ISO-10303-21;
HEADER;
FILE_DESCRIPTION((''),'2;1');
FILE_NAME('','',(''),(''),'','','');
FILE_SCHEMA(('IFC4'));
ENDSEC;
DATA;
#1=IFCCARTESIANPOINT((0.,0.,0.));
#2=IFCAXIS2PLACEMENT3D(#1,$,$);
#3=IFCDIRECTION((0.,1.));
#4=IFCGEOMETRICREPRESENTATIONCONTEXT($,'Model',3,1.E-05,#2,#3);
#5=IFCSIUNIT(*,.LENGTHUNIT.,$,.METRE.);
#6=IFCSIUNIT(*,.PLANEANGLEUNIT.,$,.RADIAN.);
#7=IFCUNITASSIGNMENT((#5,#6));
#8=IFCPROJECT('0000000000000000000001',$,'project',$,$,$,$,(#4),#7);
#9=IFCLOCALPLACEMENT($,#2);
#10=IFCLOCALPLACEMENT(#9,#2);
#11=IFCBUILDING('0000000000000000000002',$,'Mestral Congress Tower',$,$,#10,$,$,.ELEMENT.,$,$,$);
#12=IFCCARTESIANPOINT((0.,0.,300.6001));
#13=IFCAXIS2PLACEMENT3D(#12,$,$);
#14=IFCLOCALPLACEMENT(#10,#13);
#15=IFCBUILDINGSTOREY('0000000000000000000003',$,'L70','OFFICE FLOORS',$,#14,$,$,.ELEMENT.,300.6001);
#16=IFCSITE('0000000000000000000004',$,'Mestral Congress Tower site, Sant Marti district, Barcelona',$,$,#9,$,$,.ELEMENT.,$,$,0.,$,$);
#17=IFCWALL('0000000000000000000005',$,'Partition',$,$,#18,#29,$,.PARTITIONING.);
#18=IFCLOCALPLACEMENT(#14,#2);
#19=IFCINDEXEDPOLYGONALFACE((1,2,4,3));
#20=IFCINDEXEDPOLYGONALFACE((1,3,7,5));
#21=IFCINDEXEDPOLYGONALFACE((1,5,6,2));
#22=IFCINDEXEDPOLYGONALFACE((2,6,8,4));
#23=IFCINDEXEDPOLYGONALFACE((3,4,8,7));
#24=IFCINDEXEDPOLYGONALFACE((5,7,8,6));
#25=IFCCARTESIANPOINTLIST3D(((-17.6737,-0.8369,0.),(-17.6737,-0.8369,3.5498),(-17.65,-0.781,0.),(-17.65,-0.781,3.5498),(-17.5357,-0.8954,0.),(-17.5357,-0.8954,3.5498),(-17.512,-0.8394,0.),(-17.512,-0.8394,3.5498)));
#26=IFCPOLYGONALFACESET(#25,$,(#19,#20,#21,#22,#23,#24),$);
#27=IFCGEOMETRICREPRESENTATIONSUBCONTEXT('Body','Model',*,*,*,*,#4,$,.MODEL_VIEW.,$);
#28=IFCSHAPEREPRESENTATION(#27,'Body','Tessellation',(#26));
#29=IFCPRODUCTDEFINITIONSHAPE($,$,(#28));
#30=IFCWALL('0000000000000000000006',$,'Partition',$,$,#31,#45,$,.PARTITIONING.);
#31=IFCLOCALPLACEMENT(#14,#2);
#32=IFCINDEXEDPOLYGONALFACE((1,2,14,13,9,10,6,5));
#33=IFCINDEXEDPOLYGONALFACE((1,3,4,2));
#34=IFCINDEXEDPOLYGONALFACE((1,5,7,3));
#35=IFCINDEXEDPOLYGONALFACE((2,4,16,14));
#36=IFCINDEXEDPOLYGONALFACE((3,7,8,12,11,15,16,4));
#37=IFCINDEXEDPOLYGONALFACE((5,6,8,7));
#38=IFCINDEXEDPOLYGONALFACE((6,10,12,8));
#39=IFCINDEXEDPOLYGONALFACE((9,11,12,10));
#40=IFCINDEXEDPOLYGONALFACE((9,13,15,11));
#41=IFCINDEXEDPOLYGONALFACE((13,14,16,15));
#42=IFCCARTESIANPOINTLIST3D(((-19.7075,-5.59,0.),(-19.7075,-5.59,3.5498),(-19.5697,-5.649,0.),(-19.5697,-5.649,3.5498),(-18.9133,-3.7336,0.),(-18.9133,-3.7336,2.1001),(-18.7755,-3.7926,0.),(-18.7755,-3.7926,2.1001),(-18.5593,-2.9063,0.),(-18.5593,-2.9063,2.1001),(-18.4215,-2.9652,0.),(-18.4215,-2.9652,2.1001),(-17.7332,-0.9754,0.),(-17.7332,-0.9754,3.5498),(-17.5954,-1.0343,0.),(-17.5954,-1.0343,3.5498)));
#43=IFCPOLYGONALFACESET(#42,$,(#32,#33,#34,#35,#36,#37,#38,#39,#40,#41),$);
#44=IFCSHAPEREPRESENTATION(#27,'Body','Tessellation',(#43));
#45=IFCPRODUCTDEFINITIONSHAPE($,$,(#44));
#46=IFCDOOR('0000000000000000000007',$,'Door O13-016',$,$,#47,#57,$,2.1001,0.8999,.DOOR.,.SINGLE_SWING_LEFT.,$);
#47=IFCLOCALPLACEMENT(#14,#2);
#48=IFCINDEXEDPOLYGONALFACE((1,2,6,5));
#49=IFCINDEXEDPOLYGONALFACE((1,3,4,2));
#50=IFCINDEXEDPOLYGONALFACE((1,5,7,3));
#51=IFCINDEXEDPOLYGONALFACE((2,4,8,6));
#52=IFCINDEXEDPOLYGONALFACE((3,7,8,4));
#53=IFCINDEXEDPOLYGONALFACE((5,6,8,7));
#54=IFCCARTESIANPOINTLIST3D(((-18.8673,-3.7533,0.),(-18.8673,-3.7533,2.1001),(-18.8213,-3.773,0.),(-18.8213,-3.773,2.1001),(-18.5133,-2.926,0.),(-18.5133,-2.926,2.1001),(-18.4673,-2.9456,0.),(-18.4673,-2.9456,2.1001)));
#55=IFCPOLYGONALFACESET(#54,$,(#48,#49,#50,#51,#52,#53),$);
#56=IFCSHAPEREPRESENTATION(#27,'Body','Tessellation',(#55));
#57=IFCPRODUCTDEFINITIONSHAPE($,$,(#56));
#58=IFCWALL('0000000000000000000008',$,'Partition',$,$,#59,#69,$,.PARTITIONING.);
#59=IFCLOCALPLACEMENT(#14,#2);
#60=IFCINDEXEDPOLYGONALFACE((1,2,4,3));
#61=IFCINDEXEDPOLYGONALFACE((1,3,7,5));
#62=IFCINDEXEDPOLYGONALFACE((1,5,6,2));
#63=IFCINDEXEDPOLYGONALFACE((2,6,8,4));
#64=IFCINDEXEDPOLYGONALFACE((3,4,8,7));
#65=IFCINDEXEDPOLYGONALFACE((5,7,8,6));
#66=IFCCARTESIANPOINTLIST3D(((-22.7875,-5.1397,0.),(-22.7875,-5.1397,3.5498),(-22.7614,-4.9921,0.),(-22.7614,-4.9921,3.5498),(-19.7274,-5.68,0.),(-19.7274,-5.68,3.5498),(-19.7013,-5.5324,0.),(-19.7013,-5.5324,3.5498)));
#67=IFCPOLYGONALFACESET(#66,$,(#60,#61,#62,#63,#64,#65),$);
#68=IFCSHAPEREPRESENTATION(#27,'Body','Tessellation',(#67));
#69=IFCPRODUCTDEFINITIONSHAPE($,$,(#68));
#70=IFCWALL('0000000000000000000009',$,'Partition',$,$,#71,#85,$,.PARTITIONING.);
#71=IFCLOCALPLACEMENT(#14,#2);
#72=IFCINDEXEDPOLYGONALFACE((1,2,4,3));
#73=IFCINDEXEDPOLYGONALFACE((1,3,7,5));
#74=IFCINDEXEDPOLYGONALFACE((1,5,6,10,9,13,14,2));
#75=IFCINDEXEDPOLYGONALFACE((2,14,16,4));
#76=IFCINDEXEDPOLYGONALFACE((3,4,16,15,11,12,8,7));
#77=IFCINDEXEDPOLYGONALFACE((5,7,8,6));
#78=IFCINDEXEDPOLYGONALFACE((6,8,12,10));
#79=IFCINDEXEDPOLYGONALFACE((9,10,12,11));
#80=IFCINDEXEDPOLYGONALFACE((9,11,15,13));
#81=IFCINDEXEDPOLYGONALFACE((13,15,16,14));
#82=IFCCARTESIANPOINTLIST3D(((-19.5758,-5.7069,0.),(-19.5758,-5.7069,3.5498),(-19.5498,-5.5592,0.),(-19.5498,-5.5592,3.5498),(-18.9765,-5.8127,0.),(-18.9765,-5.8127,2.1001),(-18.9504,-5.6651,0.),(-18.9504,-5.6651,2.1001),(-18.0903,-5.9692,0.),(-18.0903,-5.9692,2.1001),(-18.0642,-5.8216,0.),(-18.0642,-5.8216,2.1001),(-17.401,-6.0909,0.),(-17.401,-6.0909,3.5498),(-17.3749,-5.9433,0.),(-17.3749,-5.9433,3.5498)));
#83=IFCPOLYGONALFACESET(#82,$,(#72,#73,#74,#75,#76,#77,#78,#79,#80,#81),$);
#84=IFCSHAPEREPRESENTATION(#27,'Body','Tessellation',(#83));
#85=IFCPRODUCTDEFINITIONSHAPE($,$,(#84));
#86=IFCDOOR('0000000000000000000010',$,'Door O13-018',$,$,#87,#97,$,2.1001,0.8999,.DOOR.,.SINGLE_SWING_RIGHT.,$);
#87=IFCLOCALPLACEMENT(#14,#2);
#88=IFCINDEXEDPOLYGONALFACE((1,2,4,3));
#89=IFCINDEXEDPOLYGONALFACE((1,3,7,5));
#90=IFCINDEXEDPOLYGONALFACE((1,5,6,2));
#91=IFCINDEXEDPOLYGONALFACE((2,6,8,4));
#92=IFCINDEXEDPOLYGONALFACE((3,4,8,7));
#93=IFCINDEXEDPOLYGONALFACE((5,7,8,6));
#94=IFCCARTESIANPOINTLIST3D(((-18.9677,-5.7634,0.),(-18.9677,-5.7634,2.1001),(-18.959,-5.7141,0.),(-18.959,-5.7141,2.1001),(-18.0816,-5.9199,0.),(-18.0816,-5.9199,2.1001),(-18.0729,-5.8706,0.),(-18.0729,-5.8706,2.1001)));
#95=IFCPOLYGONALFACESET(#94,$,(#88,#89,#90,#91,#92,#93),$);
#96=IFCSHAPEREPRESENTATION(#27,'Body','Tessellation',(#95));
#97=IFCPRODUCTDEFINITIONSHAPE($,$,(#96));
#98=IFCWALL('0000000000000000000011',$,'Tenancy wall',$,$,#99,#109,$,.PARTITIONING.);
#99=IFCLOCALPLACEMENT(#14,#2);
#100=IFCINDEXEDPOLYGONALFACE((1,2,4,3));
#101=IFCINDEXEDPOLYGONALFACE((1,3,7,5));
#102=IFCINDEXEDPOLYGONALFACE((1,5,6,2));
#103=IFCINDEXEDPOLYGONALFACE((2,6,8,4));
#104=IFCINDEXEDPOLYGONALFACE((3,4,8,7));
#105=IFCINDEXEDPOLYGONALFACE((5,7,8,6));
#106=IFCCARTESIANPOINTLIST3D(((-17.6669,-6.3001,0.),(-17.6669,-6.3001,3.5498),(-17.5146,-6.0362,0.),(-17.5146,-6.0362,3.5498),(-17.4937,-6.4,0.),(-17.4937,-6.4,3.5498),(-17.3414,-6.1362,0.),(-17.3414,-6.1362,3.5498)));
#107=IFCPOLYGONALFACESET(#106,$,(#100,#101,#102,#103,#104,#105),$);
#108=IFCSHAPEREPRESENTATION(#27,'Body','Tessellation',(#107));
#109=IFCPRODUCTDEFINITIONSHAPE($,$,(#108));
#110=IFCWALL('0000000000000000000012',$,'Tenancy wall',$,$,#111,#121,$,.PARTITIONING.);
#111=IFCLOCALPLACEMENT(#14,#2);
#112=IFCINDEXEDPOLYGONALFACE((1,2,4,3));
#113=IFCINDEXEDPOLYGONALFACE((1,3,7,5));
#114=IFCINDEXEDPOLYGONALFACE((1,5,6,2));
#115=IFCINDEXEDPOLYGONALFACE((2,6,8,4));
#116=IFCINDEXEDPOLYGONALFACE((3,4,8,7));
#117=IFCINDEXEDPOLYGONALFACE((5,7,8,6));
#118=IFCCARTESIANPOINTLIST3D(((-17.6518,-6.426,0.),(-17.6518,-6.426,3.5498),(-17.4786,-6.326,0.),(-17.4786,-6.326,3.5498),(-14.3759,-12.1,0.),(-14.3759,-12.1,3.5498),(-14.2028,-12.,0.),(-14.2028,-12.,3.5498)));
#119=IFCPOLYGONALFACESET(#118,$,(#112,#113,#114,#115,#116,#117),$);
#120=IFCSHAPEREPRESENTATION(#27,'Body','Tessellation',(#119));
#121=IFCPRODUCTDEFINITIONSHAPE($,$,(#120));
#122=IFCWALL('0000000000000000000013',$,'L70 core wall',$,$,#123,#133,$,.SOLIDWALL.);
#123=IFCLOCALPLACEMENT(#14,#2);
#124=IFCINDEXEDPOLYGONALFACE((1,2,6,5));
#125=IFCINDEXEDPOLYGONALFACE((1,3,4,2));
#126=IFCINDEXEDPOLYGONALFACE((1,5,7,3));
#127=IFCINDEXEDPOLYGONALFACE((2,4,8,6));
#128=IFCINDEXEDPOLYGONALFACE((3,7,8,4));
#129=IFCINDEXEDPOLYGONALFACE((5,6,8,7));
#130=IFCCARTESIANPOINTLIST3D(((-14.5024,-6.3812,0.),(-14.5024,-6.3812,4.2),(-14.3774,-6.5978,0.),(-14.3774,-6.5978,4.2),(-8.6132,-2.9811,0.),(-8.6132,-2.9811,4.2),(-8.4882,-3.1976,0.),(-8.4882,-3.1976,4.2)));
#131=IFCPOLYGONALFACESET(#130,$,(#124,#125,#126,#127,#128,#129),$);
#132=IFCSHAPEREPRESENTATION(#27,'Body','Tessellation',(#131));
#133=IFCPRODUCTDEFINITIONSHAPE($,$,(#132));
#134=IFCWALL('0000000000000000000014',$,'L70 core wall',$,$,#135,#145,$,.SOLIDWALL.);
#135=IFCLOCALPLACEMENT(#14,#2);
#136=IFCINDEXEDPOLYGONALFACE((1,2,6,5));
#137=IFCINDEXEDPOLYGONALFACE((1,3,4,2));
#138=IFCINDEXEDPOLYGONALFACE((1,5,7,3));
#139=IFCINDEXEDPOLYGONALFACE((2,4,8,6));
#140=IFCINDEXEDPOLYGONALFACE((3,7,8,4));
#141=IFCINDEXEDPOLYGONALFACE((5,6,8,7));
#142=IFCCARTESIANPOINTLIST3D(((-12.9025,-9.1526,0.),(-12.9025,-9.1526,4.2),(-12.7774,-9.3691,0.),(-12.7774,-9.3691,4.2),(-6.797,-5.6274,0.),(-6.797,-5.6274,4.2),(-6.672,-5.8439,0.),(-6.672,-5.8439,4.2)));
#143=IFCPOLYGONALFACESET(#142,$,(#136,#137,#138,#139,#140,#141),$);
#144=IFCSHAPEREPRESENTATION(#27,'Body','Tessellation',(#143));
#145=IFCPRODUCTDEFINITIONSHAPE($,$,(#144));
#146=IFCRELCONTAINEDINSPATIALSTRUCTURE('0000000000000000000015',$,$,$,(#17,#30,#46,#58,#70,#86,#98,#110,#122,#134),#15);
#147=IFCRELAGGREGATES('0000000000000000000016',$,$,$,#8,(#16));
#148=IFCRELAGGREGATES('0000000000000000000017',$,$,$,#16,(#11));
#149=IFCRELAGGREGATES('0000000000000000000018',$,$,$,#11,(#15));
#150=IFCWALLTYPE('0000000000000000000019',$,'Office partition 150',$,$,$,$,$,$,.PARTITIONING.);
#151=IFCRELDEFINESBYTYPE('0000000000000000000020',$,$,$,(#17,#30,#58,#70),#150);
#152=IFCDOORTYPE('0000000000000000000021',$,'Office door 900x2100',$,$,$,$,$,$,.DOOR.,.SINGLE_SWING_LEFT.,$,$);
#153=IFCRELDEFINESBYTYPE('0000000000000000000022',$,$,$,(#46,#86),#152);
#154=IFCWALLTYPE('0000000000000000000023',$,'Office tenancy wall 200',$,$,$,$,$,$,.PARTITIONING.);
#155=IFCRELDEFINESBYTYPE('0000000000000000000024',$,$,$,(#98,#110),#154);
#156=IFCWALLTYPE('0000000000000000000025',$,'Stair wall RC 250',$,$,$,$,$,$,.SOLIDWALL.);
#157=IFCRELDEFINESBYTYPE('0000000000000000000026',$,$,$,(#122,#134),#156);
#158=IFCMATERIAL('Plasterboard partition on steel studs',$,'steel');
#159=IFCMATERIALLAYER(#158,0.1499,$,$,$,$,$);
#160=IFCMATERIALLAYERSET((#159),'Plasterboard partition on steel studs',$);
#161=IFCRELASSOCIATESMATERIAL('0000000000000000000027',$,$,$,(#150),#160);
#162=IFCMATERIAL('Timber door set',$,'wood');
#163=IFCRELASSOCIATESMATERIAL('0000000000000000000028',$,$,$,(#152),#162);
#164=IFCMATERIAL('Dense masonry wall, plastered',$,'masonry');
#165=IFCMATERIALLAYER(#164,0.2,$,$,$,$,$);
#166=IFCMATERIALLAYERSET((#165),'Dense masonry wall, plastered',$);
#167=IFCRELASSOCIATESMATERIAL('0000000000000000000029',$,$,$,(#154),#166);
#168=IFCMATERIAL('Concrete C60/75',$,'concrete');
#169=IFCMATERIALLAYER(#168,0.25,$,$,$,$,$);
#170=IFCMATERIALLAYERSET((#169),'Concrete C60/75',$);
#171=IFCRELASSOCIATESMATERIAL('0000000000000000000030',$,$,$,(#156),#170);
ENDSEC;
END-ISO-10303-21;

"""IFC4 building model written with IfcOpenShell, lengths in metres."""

from ifc_helpers import new_model, si_unit, direction, frame, frame_2d, origin, place, context, subcontext, project, spatial, rectangle, extrude, material, layer, layer_set, type_object, element, fill, save


model = new_model("IFC4")

# Units and contexts
model_context = context("Model", 3, precision=1e-05, world=origin(), true_north=direction((0.0, 1.0)))
body_context = subcontext(model_context, "Body", "Model", "MODEL_VIEW")
ifc_project = project(units=[si_unit("LENGTHUNIT", "METRE"), si_unit("PLANEANGLEUNIT", "RADIAN")], contexts=[model_context])

# Site, building, storey
site_placement = place(None, origin())
site = spatial("IfcSite", under=ifc_project, at=site_placement, Name="Mestral Congress Tower site, Sant Marti district, Barcelona", CompositionType="ELEMENT", RefElevation=0.0)
building_placement = place(site_placement, origin())
building = spatial("IfcBuilding", under=site, at=building_placement, Name="Mestral Congress Tower", CompositionType="ELEMENT")
storey_placement = place(building_placement, frame((0.0, 0.0, 300.6001)))
storey = spatial("IfcBuildingStorey", under=building, at=storey_placement, Name="L70", Description="OFFICE FLOORS", CompositionType="ELEMENT", Elevation=300.6001)

# Shared definitions
ifc_material_1 = material(Name="Concrete C60/75", Category="concrete")

# Shared definitions
ifc_material_2 = material(Name="Plasterboard partition on steel studs", Category="steel")
ifc_layer_1 = layer(ifc_material_2, 0.1499)
ifc_layer_set_1 = layer_set([ifc_layer_1], Name="Plasterboard partition on steel studs")
wall_type_1 = type_object("IfcWallType", Name="Office partition 150", PredefinedType="PARTITIONING", material=ifc_layer_set_1)

# Shared definitions
ifc_material_3 = material(Name="Timber door set", Category="wood")
door_type_1 = type_object("IfcDoorType", Name="Office door 900x2100", OperationType="SINGLE_SWING_LEFT", PredefinedType="DOOR", material=ifc_material_3)

# Wall
wall_1_placement = place(storey_placement, frame((-17.5811, -0.8103, 0.0), z_axis=(0.0, 0.0, 1.0), x_axis=(-0.390033, -0.920801, 0.0)))
element("IfcWall", 1, at=wall_1_placement, inside=storey, type_object=wall_type_1, Name="Partition", PredefinedType="PARTITIONING", context=body_context, shape_type="SweptSolid", body=[
    extrude(rectangle(XDim=0.0608, YDim=0.1499, at=frame_2d((0.0303, 0.0))), origin(), (0.0, 0.0, 1.0), 3.5498),
])

# Wall, opening, door
wall_2_placement = place(storey_placement, frame((-19.6387, -5.6196, 0.0), z_axis=(0.0, 0.0, 1.0), x_axis=(0.39335, 0.919389, 0.0)))
wall_2 = element("IfcWall", 2, at=wall_2_placement, inside=storey, type_object=wall_type_1, Name="Partition", PredefinedType="PARTITIONING", context=body_context, shape_type="SweptSolid", body=[
    extrude(rectangle(XDim=5.0193, YDim=0.1499, at=frame_2d((2.5098, 0.0))), origin(), (0.0, 0.0, 1.0), 3.5498),
])
opening_1_placement = place(wall_2_placement, frame((2.0193, 0.0, 0.0)))
opening_1 = element("IfcOpeningElement", 3, at=opening_1_placement, cuts=wall_2, PredefinedType="OPENING", context=body_context, shape_type="SweptSolid", body=[
    extrude(rectangle(XDim=0.8999, YDim=2.1001, at=frame_2d((0.45, 1.05))), frame((0.0, 0.085, 0.0), z_axis=(0.0, -1.0, 0.0), x_axis=(1.0, 0.0, 0.0)), (0.0, 0.0, 1.0), 0.1699),
])
door_1_placement = place(opening_1_placement, origin())
door_1 = element("IfcDoor", 4, at=door_1_placement, inside=storey, type_object=door_type_1, Name="Door O13-016", OperationType="SINGLE_SWING_LEFT", OverallHeight=2.1001, OverallWidth=0.8999, PredefinedType="DOOR", context=body_context, shape_type="SweptSolid", body=[
    extrude(rectangle(XDim=0.8999, YDim=2.1001, at=frame_2d((0.45, 1.05))), frame((0.0, 0.0249, 0.0), z_axis=(0.0, -1.0, 0.0), x_axis=(1.0, 0.0, 0.0)), (0.0, 0.0, 1.0), 0.05),
])
fill(opening_1, door_1)

# Wall
wall_3_placement = place(storey_placement, frame((-19.7144, -5.6062, 0.0), z_axis=(0.0, 0.0, 1.0), x_axis=(-0.984769, 0.17387, 0.0)))
element("IfcWall", 5, at=wall_3_placement, inside=storey, type_object=wall_type_1, Name="Partition", PredefinedType="PARTITIONING", context=body_context, shape_type="SweptSolid", body=[
    extrude(rectangle(XDim=3.1074, YDim=0.1499, at=frame_2d((1.5537, 0.0))), origin(), (0.0, 0.0, 1.0), 3.5498),
])

# Wall, opening, door
wall_4_placement = place(storey_placement, frame((-17.3879, -6.0171, 0.0), z_axis=(0.0, 0.0, 1.0), x_axis=(-0.984765, 0.173893, 0.0)))
wall_4 = element("IfcWall", 6, at=wall_4_placement, inside=storey, type_object=wall_type_1, Name="Partition", PredefinedType="PARTITIONING", context=body_context, shape_type="SweptSolid", body=[
    extrude(rectangle(XDim=2.2085, YDim=0.1499, at=frame_2d((1.1042, 0.0))), origin(), (0.0, 0.0, 1.0), 3.5498),
])
opening_2_placement = place(wall_4_placement, frame((0.7, 0.0, 0.0)))
opening_2 = element("IfcOpeningElement", 7, at=opening_2_placement, cuts=wall_4, PredefinedType="OPENING", context=body_context, shape_type="SweptSolid", body=[
    extrude(rectangle(XDim=0.8999, YDim=2.1001, at=frame_2d((0.45, 1.05))), frame((0.0, 0.085, 0.0), z_axis=(0.0, -1.0, 0.0), x_axis=(1.0, 0.0, 0.0)), (0.0, 0.0, 1.0), 0.1699),
])
door_2_placement = place(opening_2_placement, origin())
door_2 = element("IfcDoor", 8, at=door_2_placement, inside=storey, type_object=door_type_1, Name="Door O13-018", OperationType="SINGLE_SWING_RIGHT", OverallHeight=2.1001, OverallWidth=0.8999, PredefinedType="DOOR", context=body_context, shape_type="SweptSolid", body=[
    extrude(rectangle(XDim=0.8999, YDim=2.1001, at=frame_2d((0.45, 1.05))), frame((0.0, 0.0249, 0.0), z_axis=(0.0, -1.0, 0.0), x_axis=(1.0, 0.0, 0.0)), (0.0, 0.0, 1.0), 0.05),
])
fill(opening_2, door_2)

# Walls
ifc_material_4 = material(Name="Dense masonry wall, plastered", Category="masonry")
ifc_layer_2 = layer(ifc_material_4, 0.2)
ifc_layer_set_2 = layer_set([ifc_layer_2], Name="Dense masonry wall, plastered")
wall_type_2 = type_object("IfcWallType", Name="Office tenancy wall 200", PredefinedType="PARTITIONING", material=ifc_layer_set_2)
wall_5_placement = place(storey_placement, frame((-17.428, -6.0862, 0.0), z_axis=(0.0, 0.0, 1.0), x_axis=(-0.499931, -0.866066, 0.0)))
element("IfcWall", 9, at=wall_5_placement, inside=storey, type_object=wall_type_2, Name="Tenancy wall", PredefinedType="PARTITIONING", context=body_context, shape_type="SweptSolid", body=[
    extrude(rectangle(XDim=0.3047, YDim=0.2, at=frame_2d((0.1523, 0.0))), origin(), (0.0, 0.0, 1.0), 3.5498),
])
wall_6_placement = place(storey_placement, frame((-17.5652, -6.376, 0.0), z_axis=(0.0, 0.0, 1.0), x_axis=(0.499994, -0.866029, 0.0)))
element("IfcWall", 10, at=wall_6_placement, inside=storey, type_object=wall_type_2, Name="Tenancy wall", PredefinedType="PARTITIONING", context=body_context, shape_type="SweptSolid", body=[
    extrude(rectangle(XDim=6.5518, YDim=0.2, at=frame_2d((3.2759, 0.0))), origin(), (0.0, 0.0, 1.0), 3.5498),
])
ifc_layer_3 = layer(ifc_material_1, 0.25)
ifc_layer_set_3 = layer_set([ifc_layer_3], Name="Concrete C60/75")
wall_type_3 = type_object("IfcWallType", Name="Stair wall RC 250", PredefinedType="SOLIDWALL", material=ifc_layer_set_3)
wall_7_placement = place(storey_placement, frame((-14.4399, -6.4895, 0.0), z_axis=(0.0, 0.0, 1.0), x_axis=(0.866023, 0.500004, 0.0)))
element("IfcWall", 11, at=wall_7_placement, inside=storey, type_object=wall_type_3, Name="L70 core wall", PredefinedType="SOLIDWALL", context=body_context, shape_type="SweptSolid", body=[
    extrude(rectangle(XDim=6.8003, YDim=0.25, at=frame_2d((3.4001, 0.0))), origin(), (0.0, 0.0, 1.0), 4.2),
])
wall_8_placement = place(storey_placement, frame((-12.8398, -9.2607, 0.0), z_axis=(0.0, 0.0, 1.0), x_axis=(0.866016, 0.500016, 0.0)))
element("IfcWall", 12, at=wall_8_placement, inside=storey, type_object=wall_type_3, Name="L70 core wall", PredefinedType="SOLIDWALL", context=body_context, shape_type="SweptSolid", body=[
    extrude(rectangle(XDim=7.05, YDim=0.25, at=frame_2d((3.5249, 0.0))), origin(), (0.0, 0.0, 1.0), 4.2),
])

save(model, "model.ifc")
